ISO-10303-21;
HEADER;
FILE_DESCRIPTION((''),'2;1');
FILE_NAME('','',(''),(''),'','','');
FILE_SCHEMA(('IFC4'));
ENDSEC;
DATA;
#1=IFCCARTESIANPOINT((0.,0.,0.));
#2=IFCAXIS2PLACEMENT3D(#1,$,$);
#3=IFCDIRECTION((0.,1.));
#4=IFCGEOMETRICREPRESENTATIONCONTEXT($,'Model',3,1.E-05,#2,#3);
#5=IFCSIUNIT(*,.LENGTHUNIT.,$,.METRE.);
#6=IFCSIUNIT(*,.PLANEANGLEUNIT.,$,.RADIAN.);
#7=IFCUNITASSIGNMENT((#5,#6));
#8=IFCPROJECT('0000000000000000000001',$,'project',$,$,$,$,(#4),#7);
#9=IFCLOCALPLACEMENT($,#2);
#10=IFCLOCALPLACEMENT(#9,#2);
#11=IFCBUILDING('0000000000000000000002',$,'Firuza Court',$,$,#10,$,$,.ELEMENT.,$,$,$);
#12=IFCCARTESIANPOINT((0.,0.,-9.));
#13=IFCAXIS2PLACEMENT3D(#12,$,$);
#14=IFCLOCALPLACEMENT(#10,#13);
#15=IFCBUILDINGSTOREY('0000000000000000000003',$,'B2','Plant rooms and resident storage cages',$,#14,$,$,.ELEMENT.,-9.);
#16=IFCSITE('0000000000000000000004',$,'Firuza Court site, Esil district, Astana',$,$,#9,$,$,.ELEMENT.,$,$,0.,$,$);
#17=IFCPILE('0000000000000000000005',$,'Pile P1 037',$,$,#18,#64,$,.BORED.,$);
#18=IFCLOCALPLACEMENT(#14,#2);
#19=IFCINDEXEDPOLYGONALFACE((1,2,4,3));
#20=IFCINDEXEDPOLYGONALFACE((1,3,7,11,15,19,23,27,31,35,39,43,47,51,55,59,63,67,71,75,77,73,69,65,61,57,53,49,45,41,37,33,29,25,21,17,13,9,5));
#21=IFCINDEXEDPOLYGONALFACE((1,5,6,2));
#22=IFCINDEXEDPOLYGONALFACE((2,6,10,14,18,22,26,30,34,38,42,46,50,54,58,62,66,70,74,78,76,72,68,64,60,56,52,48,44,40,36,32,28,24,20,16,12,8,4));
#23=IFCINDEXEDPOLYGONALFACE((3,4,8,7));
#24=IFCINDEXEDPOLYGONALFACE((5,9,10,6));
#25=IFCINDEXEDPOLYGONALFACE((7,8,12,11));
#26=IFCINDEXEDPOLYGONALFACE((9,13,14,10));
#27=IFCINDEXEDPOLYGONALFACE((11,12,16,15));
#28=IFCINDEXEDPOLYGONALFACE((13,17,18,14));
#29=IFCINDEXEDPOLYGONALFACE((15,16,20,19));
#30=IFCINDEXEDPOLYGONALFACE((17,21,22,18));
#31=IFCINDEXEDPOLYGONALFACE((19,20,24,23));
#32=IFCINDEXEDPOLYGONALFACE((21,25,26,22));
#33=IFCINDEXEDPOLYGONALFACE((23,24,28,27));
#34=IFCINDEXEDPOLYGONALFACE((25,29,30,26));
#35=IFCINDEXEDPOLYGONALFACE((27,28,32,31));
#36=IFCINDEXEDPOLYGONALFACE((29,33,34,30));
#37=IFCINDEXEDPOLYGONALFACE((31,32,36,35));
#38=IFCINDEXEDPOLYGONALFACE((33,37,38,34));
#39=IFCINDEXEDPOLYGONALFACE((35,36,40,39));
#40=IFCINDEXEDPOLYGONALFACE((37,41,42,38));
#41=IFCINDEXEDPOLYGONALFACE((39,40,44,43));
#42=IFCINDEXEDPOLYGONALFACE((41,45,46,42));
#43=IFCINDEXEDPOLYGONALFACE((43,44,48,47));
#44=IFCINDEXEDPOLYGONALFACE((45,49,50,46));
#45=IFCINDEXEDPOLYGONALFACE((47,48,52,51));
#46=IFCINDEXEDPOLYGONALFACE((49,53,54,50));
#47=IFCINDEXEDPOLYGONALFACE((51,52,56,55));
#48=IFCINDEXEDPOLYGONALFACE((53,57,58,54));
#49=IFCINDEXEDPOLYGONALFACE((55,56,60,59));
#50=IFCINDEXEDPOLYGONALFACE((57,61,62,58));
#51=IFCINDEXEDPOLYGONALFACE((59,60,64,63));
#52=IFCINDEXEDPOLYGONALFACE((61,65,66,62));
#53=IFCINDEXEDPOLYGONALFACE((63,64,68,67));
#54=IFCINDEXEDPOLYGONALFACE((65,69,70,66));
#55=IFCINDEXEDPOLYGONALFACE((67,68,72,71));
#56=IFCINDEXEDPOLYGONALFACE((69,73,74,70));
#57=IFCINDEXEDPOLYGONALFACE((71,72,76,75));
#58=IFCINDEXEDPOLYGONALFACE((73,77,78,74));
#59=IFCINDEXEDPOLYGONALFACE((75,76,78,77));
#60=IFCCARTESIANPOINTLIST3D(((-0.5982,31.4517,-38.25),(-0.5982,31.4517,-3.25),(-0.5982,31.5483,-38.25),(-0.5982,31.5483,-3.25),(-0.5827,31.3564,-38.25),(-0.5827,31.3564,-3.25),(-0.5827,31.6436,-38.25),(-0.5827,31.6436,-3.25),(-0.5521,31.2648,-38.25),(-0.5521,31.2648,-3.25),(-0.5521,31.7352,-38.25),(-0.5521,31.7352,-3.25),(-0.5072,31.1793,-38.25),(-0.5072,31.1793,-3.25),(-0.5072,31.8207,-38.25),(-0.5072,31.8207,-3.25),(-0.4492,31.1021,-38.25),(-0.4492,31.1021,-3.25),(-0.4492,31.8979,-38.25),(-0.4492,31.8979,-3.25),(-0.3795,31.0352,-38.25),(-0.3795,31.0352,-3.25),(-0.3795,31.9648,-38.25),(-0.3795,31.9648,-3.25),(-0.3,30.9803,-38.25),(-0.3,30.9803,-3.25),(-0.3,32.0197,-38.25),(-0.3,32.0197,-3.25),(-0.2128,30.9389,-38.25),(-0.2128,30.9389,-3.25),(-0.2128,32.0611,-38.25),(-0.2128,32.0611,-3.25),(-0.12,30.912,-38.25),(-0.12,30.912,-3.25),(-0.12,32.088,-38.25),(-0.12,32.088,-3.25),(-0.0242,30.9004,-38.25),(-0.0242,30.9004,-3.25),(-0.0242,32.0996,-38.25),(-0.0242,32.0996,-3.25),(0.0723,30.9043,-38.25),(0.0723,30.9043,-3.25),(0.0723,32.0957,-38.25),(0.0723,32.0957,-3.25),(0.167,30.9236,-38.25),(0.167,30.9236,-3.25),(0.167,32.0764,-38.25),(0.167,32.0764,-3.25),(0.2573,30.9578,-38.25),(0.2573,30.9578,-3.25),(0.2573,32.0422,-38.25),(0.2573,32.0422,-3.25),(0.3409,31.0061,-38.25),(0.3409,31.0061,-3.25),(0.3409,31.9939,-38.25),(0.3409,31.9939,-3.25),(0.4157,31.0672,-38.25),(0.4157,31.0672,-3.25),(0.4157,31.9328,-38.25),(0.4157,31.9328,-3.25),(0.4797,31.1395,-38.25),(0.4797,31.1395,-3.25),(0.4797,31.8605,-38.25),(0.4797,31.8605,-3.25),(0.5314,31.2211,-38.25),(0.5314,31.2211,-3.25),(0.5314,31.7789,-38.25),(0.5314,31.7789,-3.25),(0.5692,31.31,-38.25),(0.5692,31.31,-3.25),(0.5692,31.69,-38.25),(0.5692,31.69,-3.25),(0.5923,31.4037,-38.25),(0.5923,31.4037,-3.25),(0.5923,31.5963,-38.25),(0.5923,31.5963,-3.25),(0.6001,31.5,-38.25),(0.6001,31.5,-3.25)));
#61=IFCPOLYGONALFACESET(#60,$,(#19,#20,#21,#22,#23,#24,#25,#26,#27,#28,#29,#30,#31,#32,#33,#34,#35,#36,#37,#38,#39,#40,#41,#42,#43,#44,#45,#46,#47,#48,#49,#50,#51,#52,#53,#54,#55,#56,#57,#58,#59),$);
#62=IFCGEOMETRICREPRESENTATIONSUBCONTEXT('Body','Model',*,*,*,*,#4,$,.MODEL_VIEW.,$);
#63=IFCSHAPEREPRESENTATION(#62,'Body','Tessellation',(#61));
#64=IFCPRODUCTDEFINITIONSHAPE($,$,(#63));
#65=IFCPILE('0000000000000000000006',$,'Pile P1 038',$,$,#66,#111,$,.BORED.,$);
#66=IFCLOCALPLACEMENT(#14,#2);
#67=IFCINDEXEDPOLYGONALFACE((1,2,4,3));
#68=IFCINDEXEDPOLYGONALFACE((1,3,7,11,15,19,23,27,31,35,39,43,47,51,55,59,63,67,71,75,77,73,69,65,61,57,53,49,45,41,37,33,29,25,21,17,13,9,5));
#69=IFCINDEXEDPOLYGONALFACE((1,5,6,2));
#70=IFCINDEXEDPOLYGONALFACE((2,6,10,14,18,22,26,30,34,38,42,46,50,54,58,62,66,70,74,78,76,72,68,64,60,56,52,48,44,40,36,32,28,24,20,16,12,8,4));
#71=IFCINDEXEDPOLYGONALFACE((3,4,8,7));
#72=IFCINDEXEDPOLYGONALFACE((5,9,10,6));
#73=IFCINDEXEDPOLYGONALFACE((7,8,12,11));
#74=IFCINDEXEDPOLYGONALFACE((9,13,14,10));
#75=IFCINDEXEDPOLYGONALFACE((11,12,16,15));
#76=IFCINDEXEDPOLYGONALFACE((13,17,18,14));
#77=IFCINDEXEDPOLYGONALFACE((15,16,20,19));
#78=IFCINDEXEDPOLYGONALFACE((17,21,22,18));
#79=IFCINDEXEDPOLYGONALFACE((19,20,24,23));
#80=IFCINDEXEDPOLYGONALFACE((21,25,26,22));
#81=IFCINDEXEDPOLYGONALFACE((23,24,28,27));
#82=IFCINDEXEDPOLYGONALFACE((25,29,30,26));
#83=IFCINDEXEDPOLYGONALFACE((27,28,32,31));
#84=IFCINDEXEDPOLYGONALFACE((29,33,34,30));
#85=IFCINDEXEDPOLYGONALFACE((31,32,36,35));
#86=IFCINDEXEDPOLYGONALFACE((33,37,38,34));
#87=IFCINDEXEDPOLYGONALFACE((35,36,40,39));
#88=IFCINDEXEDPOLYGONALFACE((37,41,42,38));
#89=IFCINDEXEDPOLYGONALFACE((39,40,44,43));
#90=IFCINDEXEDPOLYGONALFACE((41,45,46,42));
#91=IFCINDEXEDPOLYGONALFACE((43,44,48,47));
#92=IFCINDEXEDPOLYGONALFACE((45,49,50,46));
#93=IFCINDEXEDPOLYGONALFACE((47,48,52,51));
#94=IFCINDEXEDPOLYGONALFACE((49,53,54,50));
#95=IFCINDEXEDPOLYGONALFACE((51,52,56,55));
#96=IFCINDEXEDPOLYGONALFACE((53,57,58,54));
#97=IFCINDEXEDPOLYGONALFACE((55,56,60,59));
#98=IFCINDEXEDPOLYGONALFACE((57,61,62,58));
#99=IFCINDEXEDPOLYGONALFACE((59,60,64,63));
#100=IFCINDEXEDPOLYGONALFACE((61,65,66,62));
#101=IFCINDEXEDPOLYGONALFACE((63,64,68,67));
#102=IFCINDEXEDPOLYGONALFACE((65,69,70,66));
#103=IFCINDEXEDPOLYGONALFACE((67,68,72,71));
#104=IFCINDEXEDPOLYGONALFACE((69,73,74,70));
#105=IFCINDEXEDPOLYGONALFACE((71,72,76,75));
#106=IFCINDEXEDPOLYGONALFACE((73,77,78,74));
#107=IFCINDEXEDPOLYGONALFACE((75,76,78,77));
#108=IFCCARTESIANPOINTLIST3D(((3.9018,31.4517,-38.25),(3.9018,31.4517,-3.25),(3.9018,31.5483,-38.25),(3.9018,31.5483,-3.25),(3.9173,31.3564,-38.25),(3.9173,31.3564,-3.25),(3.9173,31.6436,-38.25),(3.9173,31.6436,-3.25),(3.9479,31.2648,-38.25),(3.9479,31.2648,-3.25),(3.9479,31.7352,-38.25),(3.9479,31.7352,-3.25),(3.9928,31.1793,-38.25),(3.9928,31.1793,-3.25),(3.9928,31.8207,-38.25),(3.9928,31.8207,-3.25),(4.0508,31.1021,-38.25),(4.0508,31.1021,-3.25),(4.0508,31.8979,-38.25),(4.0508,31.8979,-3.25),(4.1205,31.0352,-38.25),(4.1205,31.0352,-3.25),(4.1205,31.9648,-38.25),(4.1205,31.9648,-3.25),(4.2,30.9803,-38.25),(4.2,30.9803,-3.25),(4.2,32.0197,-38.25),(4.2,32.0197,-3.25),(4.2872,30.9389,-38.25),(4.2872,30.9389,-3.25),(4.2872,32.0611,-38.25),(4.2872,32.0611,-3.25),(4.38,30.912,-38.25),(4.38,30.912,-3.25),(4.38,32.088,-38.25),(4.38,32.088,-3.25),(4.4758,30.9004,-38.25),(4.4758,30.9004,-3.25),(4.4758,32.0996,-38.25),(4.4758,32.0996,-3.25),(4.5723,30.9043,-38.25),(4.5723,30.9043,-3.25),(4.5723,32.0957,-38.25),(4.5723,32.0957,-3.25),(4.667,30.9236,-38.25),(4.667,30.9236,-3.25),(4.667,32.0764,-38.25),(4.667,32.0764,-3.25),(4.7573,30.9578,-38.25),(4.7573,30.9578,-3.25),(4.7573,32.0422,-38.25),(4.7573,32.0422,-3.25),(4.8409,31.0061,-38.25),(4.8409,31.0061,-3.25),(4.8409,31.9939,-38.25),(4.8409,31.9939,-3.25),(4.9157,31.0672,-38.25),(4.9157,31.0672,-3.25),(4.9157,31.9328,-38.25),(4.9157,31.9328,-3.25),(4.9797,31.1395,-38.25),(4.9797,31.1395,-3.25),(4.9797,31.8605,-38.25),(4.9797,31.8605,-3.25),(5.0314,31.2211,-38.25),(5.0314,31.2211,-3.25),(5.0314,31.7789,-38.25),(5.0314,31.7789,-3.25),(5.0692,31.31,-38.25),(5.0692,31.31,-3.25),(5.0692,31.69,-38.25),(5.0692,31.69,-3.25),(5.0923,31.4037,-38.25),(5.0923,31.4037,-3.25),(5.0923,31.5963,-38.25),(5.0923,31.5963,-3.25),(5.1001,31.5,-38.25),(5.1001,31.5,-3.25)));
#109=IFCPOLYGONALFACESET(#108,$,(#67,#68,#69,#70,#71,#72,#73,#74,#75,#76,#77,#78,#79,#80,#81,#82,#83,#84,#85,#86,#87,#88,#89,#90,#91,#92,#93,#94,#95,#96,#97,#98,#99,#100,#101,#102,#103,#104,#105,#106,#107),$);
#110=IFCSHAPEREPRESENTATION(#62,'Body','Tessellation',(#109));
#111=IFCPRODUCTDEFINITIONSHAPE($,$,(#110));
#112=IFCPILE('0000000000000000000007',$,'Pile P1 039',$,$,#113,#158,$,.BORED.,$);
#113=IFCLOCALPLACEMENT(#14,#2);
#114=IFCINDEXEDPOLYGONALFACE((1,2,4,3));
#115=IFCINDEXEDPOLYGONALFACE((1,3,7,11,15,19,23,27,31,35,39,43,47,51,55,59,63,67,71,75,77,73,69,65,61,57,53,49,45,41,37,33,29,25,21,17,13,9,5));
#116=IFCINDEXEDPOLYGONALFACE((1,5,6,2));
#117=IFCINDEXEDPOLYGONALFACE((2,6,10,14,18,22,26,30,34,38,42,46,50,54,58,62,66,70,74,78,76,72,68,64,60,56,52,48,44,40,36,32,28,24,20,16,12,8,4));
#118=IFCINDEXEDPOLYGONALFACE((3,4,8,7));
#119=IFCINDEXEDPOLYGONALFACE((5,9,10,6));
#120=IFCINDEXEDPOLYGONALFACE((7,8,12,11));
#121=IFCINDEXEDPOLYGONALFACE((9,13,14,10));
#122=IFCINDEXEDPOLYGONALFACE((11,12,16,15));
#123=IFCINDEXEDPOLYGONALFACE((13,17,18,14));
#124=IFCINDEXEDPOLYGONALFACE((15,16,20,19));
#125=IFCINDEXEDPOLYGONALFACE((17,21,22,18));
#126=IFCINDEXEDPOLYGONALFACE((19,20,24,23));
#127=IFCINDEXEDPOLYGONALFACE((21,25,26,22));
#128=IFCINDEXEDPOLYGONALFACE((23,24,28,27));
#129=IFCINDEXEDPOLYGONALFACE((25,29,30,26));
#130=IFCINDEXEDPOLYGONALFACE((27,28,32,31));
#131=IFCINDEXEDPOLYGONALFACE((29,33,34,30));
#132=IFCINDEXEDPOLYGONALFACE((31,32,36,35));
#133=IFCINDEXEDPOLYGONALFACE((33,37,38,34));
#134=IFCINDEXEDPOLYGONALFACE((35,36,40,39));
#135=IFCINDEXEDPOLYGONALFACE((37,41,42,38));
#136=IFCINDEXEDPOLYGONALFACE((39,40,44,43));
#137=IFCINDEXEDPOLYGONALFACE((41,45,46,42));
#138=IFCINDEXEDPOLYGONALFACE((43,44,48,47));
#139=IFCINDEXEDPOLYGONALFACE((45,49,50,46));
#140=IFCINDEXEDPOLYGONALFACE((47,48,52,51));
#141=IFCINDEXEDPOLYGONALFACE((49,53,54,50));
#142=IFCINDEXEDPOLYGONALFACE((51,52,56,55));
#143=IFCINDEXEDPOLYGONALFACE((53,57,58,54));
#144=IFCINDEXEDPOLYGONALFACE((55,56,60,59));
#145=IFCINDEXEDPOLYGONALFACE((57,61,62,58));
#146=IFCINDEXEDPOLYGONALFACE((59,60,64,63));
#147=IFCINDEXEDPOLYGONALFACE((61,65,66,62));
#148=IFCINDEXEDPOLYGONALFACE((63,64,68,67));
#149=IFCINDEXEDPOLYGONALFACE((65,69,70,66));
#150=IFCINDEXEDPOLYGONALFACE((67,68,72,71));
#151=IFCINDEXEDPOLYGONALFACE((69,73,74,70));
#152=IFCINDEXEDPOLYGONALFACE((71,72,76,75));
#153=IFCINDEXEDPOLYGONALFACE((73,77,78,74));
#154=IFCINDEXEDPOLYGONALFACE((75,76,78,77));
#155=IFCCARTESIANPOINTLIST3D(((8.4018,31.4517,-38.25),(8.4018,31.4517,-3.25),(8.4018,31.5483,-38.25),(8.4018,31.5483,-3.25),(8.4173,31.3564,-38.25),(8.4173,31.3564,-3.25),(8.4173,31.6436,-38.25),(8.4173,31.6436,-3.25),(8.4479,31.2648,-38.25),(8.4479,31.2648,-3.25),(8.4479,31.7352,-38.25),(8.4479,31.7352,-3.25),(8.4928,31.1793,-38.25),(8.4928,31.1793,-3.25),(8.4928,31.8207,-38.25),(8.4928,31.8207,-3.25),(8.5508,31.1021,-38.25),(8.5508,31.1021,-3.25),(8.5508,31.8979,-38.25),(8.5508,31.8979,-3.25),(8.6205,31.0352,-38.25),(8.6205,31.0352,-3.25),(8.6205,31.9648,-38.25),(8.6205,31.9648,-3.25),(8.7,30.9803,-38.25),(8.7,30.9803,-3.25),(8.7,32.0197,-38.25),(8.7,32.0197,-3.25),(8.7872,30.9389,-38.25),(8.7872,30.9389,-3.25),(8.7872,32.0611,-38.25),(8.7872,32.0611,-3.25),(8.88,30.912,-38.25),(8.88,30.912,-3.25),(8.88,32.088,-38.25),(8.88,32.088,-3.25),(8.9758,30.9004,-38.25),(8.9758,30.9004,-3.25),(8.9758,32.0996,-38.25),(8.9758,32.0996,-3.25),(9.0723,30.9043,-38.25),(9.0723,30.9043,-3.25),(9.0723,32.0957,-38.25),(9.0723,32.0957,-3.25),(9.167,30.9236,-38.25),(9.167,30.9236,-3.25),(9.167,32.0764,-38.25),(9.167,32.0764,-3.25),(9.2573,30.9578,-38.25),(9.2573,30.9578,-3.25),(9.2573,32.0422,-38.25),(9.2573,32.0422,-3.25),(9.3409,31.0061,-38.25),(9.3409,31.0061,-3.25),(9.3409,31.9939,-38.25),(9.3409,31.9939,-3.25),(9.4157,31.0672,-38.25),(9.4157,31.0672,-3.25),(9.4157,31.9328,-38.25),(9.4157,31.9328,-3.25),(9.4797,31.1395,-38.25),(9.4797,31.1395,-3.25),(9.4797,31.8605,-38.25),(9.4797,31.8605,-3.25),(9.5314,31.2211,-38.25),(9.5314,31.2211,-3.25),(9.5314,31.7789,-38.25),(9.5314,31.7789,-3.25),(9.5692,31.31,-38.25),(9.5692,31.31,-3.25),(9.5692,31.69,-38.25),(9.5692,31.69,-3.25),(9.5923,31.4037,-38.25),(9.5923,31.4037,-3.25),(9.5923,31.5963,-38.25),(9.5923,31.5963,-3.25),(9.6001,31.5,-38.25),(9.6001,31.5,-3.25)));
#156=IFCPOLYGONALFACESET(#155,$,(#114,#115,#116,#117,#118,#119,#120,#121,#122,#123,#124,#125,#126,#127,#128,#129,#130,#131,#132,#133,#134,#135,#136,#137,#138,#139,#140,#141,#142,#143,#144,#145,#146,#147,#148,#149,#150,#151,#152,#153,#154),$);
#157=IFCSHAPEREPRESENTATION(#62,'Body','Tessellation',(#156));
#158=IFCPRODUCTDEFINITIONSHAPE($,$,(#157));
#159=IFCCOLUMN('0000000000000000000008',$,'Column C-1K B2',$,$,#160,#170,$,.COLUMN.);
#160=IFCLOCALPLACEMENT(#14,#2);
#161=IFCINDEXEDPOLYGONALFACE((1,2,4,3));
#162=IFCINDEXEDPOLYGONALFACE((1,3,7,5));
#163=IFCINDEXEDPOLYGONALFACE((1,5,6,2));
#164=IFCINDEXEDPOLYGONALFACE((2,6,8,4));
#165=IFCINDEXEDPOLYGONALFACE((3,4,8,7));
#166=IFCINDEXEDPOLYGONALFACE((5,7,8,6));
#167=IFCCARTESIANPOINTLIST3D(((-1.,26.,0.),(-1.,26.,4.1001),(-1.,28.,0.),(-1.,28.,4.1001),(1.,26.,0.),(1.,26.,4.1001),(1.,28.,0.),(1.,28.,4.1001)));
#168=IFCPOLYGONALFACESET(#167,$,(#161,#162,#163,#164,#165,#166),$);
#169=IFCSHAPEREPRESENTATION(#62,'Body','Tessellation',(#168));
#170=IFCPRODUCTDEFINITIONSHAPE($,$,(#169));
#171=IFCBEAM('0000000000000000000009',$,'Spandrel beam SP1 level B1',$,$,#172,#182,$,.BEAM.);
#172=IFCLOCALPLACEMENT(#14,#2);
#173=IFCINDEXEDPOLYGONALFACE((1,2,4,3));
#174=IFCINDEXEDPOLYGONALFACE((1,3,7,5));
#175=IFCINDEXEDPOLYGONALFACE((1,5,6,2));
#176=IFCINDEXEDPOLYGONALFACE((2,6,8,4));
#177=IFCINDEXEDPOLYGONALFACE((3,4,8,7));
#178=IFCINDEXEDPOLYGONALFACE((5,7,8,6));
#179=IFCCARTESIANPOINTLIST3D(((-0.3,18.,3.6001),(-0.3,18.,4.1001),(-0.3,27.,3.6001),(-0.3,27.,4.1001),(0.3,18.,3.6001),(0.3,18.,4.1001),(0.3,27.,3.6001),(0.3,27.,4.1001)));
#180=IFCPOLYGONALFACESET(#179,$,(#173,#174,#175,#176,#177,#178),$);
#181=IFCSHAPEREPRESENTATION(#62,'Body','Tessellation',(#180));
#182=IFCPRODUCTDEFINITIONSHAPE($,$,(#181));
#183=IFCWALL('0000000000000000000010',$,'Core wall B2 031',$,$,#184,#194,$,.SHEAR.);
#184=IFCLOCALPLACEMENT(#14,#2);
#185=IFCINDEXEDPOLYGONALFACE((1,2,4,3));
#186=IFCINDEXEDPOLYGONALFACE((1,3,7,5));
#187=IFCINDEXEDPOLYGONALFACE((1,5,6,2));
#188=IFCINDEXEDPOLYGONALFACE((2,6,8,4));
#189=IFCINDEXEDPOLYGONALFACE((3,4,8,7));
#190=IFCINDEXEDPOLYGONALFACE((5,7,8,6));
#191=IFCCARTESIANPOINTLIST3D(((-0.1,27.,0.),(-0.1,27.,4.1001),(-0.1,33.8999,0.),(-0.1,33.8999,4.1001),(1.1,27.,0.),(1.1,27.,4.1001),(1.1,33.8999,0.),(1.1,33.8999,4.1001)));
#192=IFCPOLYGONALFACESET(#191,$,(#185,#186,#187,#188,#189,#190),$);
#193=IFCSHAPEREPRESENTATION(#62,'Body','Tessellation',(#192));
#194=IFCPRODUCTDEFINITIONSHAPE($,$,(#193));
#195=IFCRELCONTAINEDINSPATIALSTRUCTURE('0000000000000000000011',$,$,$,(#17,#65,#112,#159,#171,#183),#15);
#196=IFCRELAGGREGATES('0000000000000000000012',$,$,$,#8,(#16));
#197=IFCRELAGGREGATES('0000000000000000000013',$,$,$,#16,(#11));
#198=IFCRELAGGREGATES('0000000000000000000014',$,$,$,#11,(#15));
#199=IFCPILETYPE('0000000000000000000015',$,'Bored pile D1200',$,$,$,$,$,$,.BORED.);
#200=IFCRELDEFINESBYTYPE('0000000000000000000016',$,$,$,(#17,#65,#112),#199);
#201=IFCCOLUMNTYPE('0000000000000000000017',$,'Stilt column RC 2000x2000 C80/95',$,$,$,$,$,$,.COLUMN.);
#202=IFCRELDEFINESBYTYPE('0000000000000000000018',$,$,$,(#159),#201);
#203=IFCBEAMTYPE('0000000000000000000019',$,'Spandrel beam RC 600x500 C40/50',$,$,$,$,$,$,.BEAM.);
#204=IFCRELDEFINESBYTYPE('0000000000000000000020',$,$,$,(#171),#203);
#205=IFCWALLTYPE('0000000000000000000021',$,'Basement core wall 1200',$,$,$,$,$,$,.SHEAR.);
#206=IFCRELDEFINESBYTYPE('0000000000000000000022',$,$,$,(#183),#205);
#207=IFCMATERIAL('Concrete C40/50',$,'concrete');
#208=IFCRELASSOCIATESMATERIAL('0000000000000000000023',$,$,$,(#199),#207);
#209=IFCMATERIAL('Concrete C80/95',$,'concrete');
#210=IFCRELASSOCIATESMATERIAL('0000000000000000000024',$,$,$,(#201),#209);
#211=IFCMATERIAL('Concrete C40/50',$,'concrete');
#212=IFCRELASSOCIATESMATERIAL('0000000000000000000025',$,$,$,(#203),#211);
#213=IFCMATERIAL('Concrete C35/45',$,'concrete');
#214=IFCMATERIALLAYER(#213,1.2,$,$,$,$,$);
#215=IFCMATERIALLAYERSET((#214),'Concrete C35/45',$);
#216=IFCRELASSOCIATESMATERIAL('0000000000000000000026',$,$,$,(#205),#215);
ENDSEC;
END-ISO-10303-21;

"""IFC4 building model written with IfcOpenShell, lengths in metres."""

from ifc_helpers import new_model, si_unit, direction, frame, frame_2d, origin, origin_2d, place, context, subcontext, project, spatial, rectangle, circle, extrude, material, layer, layer_set, material_profile, profile_set, type_object, element, save


model = new_model("IFC4")

# Units and contexts
model_context = context("Model", 3, precision=1e-05, world=origin(), true_north=direction((0.0, 1.0)))
body_context = subcontext(model_context, "Body", "Model", "MODEL_VIEW")
ifc_project = project(units=[si_unit("LENGTHUNIT", "METRE"), si_unit("PLANEANGLEUNIT", "RADIAN")], contexts=[model_context])

# Site, building, storey
site_placement = place(None, origin())
site = spatial("IfcSite", under=ifc_project, at=site_placement, Name="Firuza Court site, Esil district, Astana", CompositionType="ELEMENT", RefElevation=0.0)
building_placement = place(site_placement, origin())
building = spatial("IfcBuilding", under=site, at=building_placement, Name="Firuza Court", CompositionType="ELEMENT")
storey_placement = place(building_placement, frame((0.0, 0.0, -9.0)))
storey = spatial("IfcBuildingStorey", under=building, at=storey_placement, Name="B2", Description="Plant rooms and resident storage cages", CompositionType="ELEMENT", Elevation=-9.0)

# Piles
ifc_material_1 = material(Name="Concrete C40/50", Category="concrete")
ifc_material_profile_1 = material_profile(ifc_material_1, circle(Radius=0.6001, at=origin_2d()), Name="Pile D1200")
ifc_profile_set_1 = profile_set([ifc_material_profile_1], Name="Concrete C40/50")
pile_type = type_object("IfcPileType", Name="Bored pile D1200", PredefinedType="BORED", material=ifc_profile_set_1)
for number, where, z_axis, x_axis, name in (
    (1, (0.0, 31.5, -3.25), (0.0, 0.0, -1.0), (1.0, 0.0, 0.0), "Pile P1 037"),
    (2, (4.5, 31.5, -3.25), (0.0, 0.0, -1.0), (1.0, 0.0, 0.0), "Pile P1 038"),
    (3, (9.0, 31.5, -3.25), (0.0, 0.0, -1.0), (1.0, 0.0, 0.0), "Pile P1 039"),
):
    element("IfcPile", number, at=place(storey_placement, frame(where, z_axis=z_axis, x_axis=x_axis)), inside=storey, type_object=pile_type, Name=name, PredefinedType="BORED", context=body_context, shape_type="SweptSolid", body=[
        extrude(circle(Radius=0.6001, at=origin_2d()), origin(), (0.0, 0.0, 1.0), 35.0),
    ])

# Column
ifc_material_2 = material(Name="Concrete C80/95", Category="concrete")
ifc_material_profile_2 = material_profile(ifc_material_2, rectangle(XDim=2.0, YDim=2.0, at=origin_2d()), Name="RC 2000x2000")
ifc_profile_set_2 = profile_set([ifc_material_profile_2], Name="Concrete C80/95")
column_type = type_object("IfcColumnType", Name="Stilt column RC 2000x2000 C80/95", PredefinedType="COLUMN", material=ifc_profile_set_2)
column_placement = place(storey_placement, frame((0.0, 27.0, 0.0), z_axis=(0.0, 0.0, 1.0), x_axis=(1.0, 0.0, 0.0)))
element("IfcColumn", 4, at=column_placement, inside=storey, type_object=column_type, Name="Column C-1K B2", PredefinedType="COLUMN", context=body_context, shape_type="SweptSolid", body=[
    extrude(rectangle(XDim=2.0, YDim=2.0, at=origin_2d()), origin(), (0.0, 0.0, 1.0), 4.1001),
])

# Beam
ifc_material_3 = material(Name="Concrete C40/50", Category="concrete")
ifc_material_profile_3 = material_profile(ifc_material_3, rectangle(XDim=0.6001, YDim=0.5, at=origin_2d()), Name="RC 600x500")
ifc_profile_set_3 = profile_set([ifc_material_profile_3], Name="Concrete C40/50")
beam_type = type_object("IfcBeamType", Name="Spandrel beam RC 600x500 C40/50", PredefinedType="BEAM", material=ifc_profile_set_3)
beam_placement = place(storey_placement, frame((0.0, 27.0, 3.8501), z_axis=(0.0, -1.0, 0.0), x_axis=(1.0, 0.0, 0.0)))
element("IfcBeam", 5, at=beam_placement, inside=storey, type_object=beam_type, Name="Spandrel beam SP1 level B1", PredefinedType="BEAM", context=body_context, shape_type="SweptSolid", body=[
    extrude(rectangle(XDim=0.6001, YDim=0.5, at=origin_2d()), origin(), (0.0, 0.0, 1.0), 9.0),
])

# Wall
ifc_material_4 = material(Name="Concrete C35/45", Category="concrete")
ifc_layer_1 = layer(ifc_material_4, 1.2)
ifc_layer_set_1 = layer_set([ifc_layer_1], Name="Concrete C35/45")
wall_type_1 = type_object("IfcWallType", Name="Basement core wall 1200", PredefinedType="SHEAR", material=ifc_layer_set_1)
wall_1_placement = place(storey_placement, frame((0.5, 27.0, 0.0), z_axis=(0.0, 0.0, 1.0), x_axis=(0.0, 1.0, 0.0)))
element("IfcWall", 6, at=wall_1_placement, inside=storey, type_object=wall_type_1, Name="Core wall B2 031", PredefinedType="SHEAR", context=body_context, shape_type="SweptSolid", body=[
    extrude(rectangle(XDim=6.8999, YDim=1.2, at=frame_2d((3.45, 0.0))), origin(), (0.0, 0.0, 1.0), 4.1001),
])

save(model, "model.ifc")
